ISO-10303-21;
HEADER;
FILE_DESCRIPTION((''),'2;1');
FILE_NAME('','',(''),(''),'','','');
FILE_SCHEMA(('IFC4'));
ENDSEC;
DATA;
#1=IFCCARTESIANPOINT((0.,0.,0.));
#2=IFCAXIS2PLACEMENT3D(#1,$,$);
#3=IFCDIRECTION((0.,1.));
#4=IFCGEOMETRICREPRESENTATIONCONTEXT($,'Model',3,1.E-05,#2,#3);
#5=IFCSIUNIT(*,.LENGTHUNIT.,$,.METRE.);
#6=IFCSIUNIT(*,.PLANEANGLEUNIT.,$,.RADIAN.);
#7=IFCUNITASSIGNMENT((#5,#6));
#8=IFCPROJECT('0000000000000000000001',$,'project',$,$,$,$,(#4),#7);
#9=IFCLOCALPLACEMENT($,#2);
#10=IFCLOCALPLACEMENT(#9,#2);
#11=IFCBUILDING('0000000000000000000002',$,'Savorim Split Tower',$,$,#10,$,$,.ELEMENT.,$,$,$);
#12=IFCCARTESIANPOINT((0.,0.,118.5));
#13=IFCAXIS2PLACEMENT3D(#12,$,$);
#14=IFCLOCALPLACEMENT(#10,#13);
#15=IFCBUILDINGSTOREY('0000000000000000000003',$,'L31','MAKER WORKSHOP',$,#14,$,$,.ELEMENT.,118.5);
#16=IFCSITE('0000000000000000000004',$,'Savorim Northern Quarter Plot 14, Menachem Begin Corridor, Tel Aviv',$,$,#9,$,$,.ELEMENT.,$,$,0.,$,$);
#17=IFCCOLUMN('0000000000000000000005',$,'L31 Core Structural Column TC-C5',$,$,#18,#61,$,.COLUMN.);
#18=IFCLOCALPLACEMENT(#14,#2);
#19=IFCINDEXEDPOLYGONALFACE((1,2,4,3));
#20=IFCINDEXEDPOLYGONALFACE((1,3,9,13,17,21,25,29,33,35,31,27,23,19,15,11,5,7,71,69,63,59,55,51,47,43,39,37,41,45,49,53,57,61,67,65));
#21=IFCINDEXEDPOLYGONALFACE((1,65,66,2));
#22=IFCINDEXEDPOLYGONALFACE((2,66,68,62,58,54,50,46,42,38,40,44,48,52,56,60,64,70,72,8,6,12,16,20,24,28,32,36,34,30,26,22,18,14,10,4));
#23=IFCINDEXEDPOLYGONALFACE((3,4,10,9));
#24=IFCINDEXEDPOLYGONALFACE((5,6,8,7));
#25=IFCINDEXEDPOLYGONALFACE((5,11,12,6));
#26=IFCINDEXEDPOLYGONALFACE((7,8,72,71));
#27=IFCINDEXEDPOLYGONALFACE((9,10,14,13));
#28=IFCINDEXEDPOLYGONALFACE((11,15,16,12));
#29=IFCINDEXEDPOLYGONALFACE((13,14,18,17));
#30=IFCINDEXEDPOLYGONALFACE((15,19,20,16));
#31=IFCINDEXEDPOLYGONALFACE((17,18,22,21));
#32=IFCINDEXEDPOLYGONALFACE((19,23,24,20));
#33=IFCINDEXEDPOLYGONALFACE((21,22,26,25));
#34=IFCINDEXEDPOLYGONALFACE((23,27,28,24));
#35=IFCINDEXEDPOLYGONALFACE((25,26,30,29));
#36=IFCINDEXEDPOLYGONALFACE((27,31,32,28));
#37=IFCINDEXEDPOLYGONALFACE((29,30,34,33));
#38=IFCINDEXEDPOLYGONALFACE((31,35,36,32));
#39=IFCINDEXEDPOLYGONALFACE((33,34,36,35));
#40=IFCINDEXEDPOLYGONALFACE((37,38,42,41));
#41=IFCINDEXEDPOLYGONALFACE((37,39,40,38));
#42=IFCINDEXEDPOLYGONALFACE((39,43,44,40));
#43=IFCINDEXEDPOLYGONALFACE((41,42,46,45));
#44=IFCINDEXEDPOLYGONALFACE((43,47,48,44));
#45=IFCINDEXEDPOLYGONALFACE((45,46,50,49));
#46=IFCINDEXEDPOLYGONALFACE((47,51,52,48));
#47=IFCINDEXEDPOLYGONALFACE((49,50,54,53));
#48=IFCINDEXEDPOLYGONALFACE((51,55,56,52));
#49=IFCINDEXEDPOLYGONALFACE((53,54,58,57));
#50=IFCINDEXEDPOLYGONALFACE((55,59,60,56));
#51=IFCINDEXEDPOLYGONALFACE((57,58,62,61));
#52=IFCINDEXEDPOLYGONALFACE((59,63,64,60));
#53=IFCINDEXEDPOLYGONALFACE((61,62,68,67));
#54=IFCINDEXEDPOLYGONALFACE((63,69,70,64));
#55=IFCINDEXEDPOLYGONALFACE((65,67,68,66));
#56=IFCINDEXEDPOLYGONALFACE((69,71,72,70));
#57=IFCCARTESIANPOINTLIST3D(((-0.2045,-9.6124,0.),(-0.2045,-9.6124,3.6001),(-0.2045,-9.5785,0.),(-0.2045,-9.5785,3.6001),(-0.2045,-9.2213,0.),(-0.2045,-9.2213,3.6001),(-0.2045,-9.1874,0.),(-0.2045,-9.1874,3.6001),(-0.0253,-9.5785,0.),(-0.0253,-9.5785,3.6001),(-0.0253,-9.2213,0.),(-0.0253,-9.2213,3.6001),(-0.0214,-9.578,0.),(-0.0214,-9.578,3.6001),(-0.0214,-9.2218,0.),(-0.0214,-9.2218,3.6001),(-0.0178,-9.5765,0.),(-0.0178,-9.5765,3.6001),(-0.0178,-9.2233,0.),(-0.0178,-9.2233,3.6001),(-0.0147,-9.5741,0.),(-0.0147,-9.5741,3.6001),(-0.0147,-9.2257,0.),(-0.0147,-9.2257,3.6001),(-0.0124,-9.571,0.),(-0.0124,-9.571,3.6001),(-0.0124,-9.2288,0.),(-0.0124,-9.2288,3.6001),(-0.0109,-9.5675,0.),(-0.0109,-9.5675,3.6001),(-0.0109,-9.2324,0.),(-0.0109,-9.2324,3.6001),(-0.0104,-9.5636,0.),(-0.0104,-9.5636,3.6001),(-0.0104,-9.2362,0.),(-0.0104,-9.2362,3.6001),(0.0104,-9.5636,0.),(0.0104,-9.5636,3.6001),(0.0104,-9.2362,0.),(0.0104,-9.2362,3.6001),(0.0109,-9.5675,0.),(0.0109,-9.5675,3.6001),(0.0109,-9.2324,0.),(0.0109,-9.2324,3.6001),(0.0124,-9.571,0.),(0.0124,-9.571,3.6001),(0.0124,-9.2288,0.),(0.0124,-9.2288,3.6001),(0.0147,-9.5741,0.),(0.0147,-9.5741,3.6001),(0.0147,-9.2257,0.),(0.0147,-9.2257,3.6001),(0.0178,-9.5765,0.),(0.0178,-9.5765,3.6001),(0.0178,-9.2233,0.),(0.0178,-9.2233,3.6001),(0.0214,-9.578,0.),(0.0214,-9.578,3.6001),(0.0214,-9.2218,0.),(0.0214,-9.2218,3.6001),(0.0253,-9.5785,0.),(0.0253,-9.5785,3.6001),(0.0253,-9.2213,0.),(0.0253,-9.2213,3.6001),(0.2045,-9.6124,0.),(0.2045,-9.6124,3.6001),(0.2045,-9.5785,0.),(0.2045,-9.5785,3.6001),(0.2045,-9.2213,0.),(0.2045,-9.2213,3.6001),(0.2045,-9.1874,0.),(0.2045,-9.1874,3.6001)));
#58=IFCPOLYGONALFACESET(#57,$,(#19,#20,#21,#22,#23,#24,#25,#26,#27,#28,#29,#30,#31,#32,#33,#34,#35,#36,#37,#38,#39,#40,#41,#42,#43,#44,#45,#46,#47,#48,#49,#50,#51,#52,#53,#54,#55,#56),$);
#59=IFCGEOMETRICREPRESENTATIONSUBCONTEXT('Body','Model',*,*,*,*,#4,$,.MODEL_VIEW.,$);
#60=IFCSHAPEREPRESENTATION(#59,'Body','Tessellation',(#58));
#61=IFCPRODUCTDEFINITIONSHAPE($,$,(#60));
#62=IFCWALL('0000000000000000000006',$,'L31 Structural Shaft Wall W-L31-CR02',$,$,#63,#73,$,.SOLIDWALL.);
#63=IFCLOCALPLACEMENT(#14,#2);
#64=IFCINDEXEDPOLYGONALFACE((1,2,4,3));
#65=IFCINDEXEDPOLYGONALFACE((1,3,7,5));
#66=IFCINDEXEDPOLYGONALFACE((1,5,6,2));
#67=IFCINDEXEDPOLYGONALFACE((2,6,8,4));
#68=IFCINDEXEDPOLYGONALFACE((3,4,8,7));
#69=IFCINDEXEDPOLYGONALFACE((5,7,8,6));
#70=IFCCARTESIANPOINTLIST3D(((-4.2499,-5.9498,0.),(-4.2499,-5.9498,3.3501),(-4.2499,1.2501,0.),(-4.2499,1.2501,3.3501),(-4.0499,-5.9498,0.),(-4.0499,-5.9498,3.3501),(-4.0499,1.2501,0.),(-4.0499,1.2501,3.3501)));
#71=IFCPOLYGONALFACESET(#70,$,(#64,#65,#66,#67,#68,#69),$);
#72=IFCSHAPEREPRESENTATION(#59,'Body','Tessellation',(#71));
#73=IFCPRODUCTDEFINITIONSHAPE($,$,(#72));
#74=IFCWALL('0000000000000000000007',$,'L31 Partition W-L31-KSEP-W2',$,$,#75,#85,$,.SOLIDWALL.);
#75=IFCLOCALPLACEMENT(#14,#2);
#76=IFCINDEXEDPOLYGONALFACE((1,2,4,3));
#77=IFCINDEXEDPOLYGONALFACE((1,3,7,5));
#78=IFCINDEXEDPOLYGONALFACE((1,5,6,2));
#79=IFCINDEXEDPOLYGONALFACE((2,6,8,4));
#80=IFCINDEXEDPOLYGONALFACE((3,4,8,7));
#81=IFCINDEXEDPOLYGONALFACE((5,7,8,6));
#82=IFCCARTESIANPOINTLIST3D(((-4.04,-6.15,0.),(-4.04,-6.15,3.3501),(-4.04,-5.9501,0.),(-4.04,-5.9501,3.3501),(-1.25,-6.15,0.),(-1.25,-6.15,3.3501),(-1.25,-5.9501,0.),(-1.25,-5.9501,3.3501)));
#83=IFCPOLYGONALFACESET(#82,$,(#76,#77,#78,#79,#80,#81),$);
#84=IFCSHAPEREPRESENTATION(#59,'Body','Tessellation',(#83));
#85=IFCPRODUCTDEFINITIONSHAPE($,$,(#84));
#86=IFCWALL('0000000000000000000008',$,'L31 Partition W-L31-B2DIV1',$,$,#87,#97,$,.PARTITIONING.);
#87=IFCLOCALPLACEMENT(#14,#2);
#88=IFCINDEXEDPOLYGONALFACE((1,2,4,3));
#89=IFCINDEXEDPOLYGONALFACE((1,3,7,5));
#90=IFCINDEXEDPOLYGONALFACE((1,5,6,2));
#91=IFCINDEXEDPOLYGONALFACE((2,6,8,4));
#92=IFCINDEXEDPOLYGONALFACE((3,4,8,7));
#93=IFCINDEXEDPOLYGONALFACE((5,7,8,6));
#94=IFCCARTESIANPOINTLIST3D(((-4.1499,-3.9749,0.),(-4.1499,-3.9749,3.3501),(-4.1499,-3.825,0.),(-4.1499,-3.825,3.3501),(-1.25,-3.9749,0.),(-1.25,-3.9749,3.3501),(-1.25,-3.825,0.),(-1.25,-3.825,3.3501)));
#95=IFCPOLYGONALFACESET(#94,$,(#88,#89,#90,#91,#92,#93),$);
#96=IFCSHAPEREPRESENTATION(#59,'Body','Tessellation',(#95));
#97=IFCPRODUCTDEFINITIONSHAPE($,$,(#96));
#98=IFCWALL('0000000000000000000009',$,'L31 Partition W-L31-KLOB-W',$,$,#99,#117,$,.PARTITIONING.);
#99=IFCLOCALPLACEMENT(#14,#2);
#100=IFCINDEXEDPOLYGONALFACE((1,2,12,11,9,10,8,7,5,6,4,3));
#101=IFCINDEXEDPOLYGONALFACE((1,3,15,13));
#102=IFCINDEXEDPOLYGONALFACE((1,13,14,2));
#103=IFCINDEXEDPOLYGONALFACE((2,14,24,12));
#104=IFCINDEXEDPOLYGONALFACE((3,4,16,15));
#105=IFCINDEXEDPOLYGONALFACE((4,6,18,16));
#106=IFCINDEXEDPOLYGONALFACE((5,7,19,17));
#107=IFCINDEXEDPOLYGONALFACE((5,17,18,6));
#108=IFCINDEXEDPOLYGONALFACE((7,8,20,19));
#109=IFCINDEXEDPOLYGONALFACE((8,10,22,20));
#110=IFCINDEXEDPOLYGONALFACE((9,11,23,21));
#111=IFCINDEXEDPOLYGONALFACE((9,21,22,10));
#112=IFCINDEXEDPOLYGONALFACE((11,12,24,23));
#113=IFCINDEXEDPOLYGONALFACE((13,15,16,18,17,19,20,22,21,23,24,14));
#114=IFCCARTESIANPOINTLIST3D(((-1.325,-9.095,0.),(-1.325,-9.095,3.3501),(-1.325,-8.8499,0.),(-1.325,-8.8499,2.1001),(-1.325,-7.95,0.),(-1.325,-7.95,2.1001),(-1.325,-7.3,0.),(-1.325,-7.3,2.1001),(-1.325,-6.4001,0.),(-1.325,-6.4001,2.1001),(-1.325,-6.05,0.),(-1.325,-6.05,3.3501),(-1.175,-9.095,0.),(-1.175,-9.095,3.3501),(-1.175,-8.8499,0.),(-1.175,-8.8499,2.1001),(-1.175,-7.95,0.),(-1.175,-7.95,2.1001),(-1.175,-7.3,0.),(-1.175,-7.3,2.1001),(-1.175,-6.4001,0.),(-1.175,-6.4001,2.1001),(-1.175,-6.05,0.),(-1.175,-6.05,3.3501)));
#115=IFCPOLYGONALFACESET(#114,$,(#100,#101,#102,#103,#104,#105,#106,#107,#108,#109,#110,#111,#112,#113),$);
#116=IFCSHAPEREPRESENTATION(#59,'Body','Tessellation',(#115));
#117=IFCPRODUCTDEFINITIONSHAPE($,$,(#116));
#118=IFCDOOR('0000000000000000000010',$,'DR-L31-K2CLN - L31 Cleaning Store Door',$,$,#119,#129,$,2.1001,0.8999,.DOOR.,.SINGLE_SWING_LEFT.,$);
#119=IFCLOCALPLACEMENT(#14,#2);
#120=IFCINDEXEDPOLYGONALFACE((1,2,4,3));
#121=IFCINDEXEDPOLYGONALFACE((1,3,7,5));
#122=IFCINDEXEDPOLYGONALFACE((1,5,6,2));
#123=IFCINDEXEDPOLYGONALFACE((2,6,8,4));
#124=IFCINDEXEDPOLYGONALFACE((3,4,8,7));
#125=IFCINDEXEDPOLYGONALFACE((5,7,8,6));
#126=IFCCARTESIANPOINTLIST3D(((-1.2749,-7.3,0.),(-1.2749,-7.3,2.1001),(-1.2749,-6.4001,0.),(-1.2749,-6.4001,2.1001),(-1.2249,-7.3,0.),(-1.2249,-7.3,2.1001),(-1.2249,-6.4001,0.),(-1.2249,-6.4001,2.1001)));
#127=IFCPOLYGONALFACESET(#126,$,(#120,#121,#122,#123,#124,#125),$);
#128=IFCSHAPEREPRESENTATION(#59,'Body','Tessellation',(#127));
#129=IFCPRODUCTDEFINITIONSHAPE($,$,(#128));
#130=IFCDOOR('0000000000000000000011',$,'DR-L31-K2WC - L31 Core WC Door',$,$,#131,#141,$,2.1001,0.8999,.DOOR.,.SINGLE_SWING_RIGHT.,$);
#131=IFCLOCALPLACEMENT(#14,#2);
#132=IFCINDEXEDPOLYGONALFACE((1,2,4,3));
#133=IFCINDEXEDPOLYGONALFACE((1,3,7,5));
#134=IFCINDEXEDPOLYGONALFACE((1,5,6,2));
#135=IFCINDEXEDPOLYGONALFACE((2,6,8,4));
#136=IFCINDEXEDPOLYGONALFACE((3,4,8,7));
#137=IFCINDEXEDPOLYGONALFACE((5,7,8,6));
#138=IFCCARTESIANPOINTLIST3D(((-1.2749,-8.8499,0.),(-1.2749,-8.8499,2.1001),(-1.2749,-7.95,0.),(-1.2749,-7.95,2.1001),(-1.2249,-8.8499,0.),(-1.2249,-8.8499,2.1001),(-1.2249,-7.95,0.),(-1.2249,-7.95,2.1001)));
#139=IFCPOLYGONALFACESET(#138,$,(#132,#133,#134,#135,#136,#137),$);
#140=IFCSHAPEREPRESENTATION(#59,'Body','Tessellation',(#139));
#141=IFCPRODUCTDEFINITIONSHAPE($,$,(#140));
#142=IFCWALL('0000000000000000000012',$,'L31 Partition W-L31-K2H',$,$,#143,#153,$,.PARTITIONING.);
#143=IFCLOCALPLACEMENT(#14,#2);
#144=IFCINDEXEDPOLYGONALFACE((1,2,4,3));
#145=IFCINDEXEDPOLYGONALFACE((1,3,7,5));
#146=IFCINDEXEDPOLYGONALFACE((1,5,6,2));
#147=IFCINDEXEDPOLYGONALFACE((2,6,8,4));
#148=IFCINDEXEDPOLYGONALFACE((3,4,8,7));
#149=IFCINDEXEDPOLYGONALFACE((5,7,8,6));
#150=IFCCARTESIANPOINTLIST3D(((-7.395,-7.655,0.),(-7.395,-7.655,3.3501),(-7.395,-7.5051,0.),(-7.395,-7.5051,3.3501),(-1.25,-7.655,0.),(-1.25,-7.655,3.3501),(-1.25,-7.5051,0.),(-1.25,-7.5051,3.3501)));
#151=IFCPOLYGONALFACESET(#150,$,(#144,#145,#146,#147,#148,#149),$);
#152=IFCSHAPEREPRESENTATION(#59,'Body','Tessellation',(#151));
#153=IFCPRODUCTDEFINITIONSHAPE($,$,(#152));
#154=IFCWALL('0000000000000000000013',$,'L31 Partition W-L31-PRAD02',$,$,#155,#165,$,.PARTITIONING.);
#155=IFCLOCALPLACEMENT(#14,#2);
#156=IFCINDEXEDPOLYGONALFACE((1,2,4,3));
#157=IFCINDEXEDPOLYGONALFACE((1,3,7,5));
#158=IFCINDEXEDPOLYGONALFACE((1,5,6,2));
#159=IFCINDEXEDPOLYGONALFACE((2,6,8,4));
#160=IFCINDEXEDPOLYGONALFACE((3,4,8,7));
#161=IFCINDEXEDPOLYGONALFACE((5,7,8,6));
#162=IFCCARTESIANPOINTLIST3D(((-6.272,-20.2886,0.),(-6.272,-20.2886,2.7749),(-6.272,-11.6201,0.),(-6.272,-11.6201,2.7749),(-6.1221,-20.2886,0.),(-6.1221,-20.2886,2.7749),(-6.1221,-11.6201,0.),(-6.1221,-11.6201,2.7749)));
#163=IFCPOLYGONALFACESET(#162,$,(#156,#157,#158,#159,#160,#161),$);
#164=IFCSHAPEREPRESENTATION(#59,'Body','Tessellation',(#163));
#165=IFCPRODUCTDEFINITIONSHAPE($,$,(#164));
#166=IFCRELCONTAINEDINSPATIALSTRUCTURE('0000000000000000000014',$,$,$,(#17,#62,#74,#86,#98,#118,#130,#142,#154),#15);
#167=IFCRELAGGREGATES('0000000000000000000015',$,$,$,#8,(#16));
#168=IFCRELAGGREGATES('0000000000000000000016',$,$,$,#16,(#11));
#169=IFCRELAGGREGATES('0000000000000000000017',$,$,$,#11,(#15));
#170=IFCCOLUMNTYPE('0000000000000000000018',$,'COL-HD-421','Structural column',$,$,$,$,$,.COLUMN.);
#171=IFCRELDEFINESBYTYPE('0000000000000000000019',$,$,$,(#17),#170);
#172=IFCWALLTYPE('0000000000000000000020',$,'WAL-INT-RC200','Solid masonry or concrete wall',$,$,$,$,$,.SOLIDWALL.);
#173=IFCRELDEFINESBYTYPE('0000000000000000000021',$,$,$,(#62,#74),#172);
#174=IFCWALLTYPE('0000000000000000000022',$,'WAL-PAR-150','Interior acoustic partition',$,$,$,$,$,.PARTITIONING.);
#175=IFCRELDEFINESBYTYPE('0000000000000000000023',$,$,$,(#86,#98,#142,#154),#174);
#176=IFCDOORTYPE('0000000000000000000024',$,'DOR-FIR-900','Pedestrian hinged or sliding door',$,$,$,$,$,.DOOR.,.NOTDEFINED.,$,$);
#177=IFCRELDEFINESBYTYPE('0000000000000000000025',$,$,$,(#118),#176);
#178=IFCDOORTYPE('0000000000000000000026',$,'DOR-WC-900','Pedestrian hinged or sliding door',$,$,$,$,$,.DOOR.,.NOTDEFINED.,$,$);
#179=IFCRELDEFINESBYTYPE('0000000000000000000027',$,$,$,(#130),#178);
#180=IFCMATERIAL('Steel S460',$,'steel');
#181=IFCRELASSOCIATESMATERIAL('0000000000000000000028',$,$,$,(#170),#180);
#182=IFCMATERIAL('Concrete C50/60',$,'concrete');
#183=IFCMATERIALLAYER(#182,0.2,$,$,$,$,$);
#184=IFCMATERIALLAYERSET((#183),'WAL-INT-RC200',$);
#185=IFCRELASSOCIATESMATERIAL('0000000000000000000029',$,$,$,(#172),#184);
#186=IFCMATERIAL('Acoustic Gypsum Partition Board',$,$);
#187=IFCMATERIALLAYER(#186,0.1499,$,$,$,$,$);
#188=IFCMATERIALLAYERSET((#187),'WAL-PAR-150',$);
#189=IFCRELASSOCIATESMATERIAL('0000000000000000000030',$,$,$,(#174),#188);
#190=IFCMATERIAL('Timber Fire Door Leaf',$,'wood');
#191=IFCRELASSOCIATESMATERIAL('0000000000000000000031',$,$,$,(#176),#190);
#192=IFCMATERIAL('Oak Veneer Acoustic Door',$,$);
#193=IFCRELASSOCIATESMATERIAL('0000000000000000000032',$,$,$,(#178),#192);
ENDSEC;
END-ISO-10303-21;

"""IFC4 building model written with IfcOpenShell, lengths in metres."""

from ifc_helpers import new_model, si_unit, direction, frame, frame_2d, origin, origin_2d, place, context, subcontext, project, spatial, rectangle, i_section, extrude, material, layer, layer_set, material_profile, profile_set, type_object, element, fill, save


model = new_model("IFC4")

# Units and contexts
model_context = context("Model", 3, precision=1e-05, world=origin(), true_north=direction((0.0, 1.0)))
body_context = subcontext(model_context, "Body", "Model", "MODEL_VIEW")
ifc_project = project(units=[si_unit("LENGTHUNIT", "METRE"), si_unit("PLANEANGLEUNIT", "RADIAN")], contexts=[model_context])

# Site, building, storey
site_placement = place(None, origin())
site = spatial("IfcSite", under=ifc_project, at=site_placement, Name="Savorim Northern Quarter Plot 14, Menachem Begin Corridor, Tel Aviv", CompositionType="ELEMENT", RefElevation=0.0)
building_placement = place(site_placement, origin())
building = spatial("IfcBuilding", under=site, at=building_placement, Name="Savorim Split Tower", CompositionType="ELEMENT")
storey_placement = place(building_placement, frame((0.0, 0.0, 118.5)))
storey = spatial("IfcBuildingStorey", under=building, at=storey_placement, Name="L31", Description="MAKER WORKSHOP", CompositionType="ELEMENT", Elevation=118.5)

# Column
ifc_material_1 = material(Name="Steel S460", Category="steel")
ifc_material_profile = material_profile(ifc_material_1, i_section(OverallWidth=0.4089, OverallDepth=0.425, WebThickness=0.0208, FlangeThickness=0.0339, FilletRadius=0.0149, at=origin_2d()), Name="HD 400x421")
ifc_profile_set = profile_set([ifc_material_profile], Name="Steel S460")
column_type = type_object("IfcColumnType", Name="COL-HD-421", Description="Structural column", PredefinedType="COLUMN", material=ifc_profile_set)
column_placement = place(storey_placement, frame((0.0, -9.3999, 0.0), z_axis=(0.0, 0.0, 1.0), x_axis=(1.0, 0.0, 0.0)))
element("IfcColumn", 1, at=column_placement, inside=storey, type_object=column_type, Name="L31 Core Structural Column TC-C5", PredefinedType="COLUMN", context=body_context, shape_type="SweptSolid", body=[
    extrude(i_section(OverallWidth=0.4089, OverallDepth=0.425, WebThickness=0.0208, FlangeThickness=0.0339, FilletRadius=0.0149, at=origin_2d()), origin(), (0.0, 0.0, 1.0), 3.6001),
])

# Wall
ifc_material_2 = material(Name="Concrete C50/60", Category="concrete")
ifc_layer_1 = layer(ifc_material_2, 0.2)
ifc_layer_set_1 = layer_set([ifc_layer_1], Name="WAL-INT-RC200")
wall_type_1 = type_object("IfcWallType", Name="WAL-INT-RC200", Description="Solid masonry or concrete wall", PredefinedType="SOLIDWALL", material=ifc_layer_set_1)
wall_1_placement = place(storey_placement, frame((-4.1499, -5.95, 0.0), z_axis=(0.0, 0.0, 1.0), x_axis=(0.0, 1.0, 0.0)))
element("IfcWall", 2, at=wall_1_placement, inside=storey, type_object=wall_type_1, Name="L31 Structural Shaft Wall W-L31-CR02", PredefinedType="SOLIDWALL", context=body_context, shape_type="SweptSolid", body=[
    extrude(rectangle(XDim=7.2, YDim=0.2, at=frame_2d((3.6001, 0.0))), origin(), (0.0, 0.0, 1.0), 3.3501),
])

# Walls
wall_2_placement = place(storey_placement, frame((-4.04, -6.05, 0.0), z_axis=(0.0, 0.0, 1.0), x_axis=(1.0, 0.0, 0.0)))
element("IfcWall", 3, at=wall_2_placement, inside=storey, type_object=wall_type_1, Name="L31 Partition W-L31-KSEP-W2", PredefinedType="SOLIDWALL", context=body_context, shape_type="SweptSolid", body=[
    extrude(rectangle(XDim=2.79, YDim=0.2, at=frame_2d((1.395, 0.0))), origin(), (0.0, 0.0, 1.0), 3.3501),
])
ifc_material_3 = material(Name="Acoustic Gypsum Partition Board")
ifc_layer_2 = layer(ifc_material_3, 0.1499)
ifc_layer_set_2 = layer_set([ifc_layer_2], Name="WAL-PAR-150")
wall_type_2 = type_object("IfcWallType", Name="WAL-PAR-150", Description="Interior acoustic partition", PredefinedType="PARTITIONING", material=ifc_layer_set_2)
wall_3_placement = place(storey_placement, frame((-4.1499, -3.8999, 0.0), z_axis=(0.0, 0.0, 1.0), x_axis=(1.0, 0.0, 0.0)))
element("IfcWall", 4, at=wall_3_placement, inside=storey, type_object=wall_type_2, Name="L31 Partition W-L31-B2DIV1", PredefinedType="PARTITIONING", context=body_context, shape_type="SweptSolid", body=[
    extrude(rectangle(XDim=2.8999, YDim=0.1499, at=frame_2d((1.45, 0.0))), origin(), (0.0, 0.0, 1.0), 3.3501),
])

# Wall, openings, doors
wall_4_placement = place(storey_placement, frame((-1.25, -9.095, 0.0), z_axis=(0.0, 0.0, 1.0), x_axis=(0.0, 1.0, 0.0)))
wall_4 = element("IfcWall", 5, at=wall_4_placement, inside=storey, type_object=wall_type_2, Name="L31 Partition W-L31-KLOB-W", PredefinedType="PARTITIONING", context=body_context, shape_type="SweptSolid", body=[
    extrude(rectangle(XDim=3.0449, YDim=0.1499, at=frame_2d((1.5225, 0.0))), origin(), (0.0, 0.0, 1.0), 3.3501),
])
opening_1_placement = place(wall_4_placement, frame((1.7949, 0.0, 0.0)))
opening_1 = element("IfcOpeningElement", 6, at=opening_1_placement, cuts=wall_4, PredefinedType="OPENING", context=body_context, shape_type="SweptSolid", body=[
    extrude(rectangle(XDim=0.8999, YDim=2.1001, at=frame_2d((0.45, 1.05))), frame((0.0, 0.085, 0.0), z_axis=(0.0, -1.0, 0.0), x_axis=(1.0, 0.0, 0.0)), (0.0, 0.0, 1.0), 0.1699),
])
opening_2_placement = place(wall_4_placement, frame((0.2451, 0.0, 0.0)))
opening_2 = element("IfcOpeningElement", 7, at=opening_2_placement, cuts=wall_4, PredefinedType="OPENING", context=body_context, shape_type="SweptSolid", body=[
    extrude(rectangle(XDim=0.8999, YDim=2.1001, at=frame_2d((0.45, 1.05))), frame((0.0, 0.085, 0.0), z_axis=(0.0, -1.0, 0.0), x_axis=(1.0, 0.0, 0.0)), (0.0, 0.0, 1.0), 0.1699),
])
ifc_material_4 = material(Name="Timber Fire Door Leaf", Category="wood")
door_type_1 = type_object("IfcDoorType", Name="DOR-FIR-900", Description="Pedestrian hinged or sliding door", OperationType="NOTDEFINED", PredefinedType="DOOR", material=ifc_material_4)
door_1_placement = place(opening_1_placement, origin())
door_1 = element("IfcDoor", 8, at=door_1_placement, inside=storey, type_object=door_type_1, Name="DR-L31-K2CLN - L31 Cleaning Store Door", OperationType="SINGLE_SWING_LEFT", OverallHeight=2.1001, OverallWidth=0.8999, PredefinedType="DOOR", context=body_context, shape_type="SweptSolid", body=[
    extrude(rectangle(XDim=0.8999, YDim=2.1001, at=frame_2d((0.45, 1.05))), frame((0.0, 0.0249, 0.0), z_axis=(0.0, -1.0, 0.0), x_axis=(1.0, 0.0, 0.0)), (0.0, 0.0, 1.0), 0.05),
])
fill(opening_1, door_1)
ifc_material_5 = material(Name="Oak Veneer Acoustic Door")
door_type_2 = type_object("IfcDoorType", Name="DOR-WC-900", Description="Pedestrian hinged or sliding door", OperationType="NOTDEFINED", PredefinedType="DOOR", material=ifc_material_5)
door_2_placement = place(opening_2_placement, origin())
door_2 = element("IfcDoor", 9, at=door_2_placement, inside=storey, type_object=door_type_2, Name="DR-L31-K2WC - L31 Core WC Door", OperationType="SINGLE_SWING_RIGHT", OverallHeight=2.1001, OverallWidth=0.8999, PredefinedType="DOOR", context=body_context, shape_type="SweptSolid", body=[
    extrude(rectangle(XDim=0.8999, YDim=2.1001, at=frame_2d((0.45, 1.05))), frame((0.0, 0.0249, 0.0), z_axis=(0.0, -1.0, 0.0), x_axis=(1.0, 0.0, 0.0)), (0.0, 0.0, 1.0), 0.05),
])
fill(opening_2, door_2)

# Walls
wall_5_placement = place(storey_placement, frame((-7.395, -7.5801, 0.0), z_axis=(0.0, 0.0, 1.0), x_axis=(1.0, 0.0, 0.0)))
element("IfcWall", 10, at=wall_5_placement, inside=storey, type_object=wall_type_2, Name="L31 Partition W-L31-K2H", PredefinedType="PARTITIONING", context=body_context, shape_type="SweptSolid", body=[
    extrude(rectangle(XDim=6.145, YDim=0.1499, at=frame_2d((3.0725, 0.0))), origin(), (0.0, 0.0, 1.0), 3.3501),
])
wall_6_placement = place(storey_placement, frame((-6.197, -11.6201, 0.0), z_axis=(0.0, 0.0, 1.0), x_axis=(0.0, -1.0, 0.0)))
element("IfcWall", 11, at=wall_6_placement, inside=storey, type_object=wall_type_2, Name="L31 Partition W-L31-PRAD02", PredefinedType="PARTITIONING", context=body_context, shape_type="SweptSolid", body=[
    extrude(rectangle(XDim=8.6685, YDim=0.1499, at=frame_2d((4.3342, 0.0))), origin(), (0.0, 0.0, 1.0), 2.7749),
])

save(model, "model.ifc")
